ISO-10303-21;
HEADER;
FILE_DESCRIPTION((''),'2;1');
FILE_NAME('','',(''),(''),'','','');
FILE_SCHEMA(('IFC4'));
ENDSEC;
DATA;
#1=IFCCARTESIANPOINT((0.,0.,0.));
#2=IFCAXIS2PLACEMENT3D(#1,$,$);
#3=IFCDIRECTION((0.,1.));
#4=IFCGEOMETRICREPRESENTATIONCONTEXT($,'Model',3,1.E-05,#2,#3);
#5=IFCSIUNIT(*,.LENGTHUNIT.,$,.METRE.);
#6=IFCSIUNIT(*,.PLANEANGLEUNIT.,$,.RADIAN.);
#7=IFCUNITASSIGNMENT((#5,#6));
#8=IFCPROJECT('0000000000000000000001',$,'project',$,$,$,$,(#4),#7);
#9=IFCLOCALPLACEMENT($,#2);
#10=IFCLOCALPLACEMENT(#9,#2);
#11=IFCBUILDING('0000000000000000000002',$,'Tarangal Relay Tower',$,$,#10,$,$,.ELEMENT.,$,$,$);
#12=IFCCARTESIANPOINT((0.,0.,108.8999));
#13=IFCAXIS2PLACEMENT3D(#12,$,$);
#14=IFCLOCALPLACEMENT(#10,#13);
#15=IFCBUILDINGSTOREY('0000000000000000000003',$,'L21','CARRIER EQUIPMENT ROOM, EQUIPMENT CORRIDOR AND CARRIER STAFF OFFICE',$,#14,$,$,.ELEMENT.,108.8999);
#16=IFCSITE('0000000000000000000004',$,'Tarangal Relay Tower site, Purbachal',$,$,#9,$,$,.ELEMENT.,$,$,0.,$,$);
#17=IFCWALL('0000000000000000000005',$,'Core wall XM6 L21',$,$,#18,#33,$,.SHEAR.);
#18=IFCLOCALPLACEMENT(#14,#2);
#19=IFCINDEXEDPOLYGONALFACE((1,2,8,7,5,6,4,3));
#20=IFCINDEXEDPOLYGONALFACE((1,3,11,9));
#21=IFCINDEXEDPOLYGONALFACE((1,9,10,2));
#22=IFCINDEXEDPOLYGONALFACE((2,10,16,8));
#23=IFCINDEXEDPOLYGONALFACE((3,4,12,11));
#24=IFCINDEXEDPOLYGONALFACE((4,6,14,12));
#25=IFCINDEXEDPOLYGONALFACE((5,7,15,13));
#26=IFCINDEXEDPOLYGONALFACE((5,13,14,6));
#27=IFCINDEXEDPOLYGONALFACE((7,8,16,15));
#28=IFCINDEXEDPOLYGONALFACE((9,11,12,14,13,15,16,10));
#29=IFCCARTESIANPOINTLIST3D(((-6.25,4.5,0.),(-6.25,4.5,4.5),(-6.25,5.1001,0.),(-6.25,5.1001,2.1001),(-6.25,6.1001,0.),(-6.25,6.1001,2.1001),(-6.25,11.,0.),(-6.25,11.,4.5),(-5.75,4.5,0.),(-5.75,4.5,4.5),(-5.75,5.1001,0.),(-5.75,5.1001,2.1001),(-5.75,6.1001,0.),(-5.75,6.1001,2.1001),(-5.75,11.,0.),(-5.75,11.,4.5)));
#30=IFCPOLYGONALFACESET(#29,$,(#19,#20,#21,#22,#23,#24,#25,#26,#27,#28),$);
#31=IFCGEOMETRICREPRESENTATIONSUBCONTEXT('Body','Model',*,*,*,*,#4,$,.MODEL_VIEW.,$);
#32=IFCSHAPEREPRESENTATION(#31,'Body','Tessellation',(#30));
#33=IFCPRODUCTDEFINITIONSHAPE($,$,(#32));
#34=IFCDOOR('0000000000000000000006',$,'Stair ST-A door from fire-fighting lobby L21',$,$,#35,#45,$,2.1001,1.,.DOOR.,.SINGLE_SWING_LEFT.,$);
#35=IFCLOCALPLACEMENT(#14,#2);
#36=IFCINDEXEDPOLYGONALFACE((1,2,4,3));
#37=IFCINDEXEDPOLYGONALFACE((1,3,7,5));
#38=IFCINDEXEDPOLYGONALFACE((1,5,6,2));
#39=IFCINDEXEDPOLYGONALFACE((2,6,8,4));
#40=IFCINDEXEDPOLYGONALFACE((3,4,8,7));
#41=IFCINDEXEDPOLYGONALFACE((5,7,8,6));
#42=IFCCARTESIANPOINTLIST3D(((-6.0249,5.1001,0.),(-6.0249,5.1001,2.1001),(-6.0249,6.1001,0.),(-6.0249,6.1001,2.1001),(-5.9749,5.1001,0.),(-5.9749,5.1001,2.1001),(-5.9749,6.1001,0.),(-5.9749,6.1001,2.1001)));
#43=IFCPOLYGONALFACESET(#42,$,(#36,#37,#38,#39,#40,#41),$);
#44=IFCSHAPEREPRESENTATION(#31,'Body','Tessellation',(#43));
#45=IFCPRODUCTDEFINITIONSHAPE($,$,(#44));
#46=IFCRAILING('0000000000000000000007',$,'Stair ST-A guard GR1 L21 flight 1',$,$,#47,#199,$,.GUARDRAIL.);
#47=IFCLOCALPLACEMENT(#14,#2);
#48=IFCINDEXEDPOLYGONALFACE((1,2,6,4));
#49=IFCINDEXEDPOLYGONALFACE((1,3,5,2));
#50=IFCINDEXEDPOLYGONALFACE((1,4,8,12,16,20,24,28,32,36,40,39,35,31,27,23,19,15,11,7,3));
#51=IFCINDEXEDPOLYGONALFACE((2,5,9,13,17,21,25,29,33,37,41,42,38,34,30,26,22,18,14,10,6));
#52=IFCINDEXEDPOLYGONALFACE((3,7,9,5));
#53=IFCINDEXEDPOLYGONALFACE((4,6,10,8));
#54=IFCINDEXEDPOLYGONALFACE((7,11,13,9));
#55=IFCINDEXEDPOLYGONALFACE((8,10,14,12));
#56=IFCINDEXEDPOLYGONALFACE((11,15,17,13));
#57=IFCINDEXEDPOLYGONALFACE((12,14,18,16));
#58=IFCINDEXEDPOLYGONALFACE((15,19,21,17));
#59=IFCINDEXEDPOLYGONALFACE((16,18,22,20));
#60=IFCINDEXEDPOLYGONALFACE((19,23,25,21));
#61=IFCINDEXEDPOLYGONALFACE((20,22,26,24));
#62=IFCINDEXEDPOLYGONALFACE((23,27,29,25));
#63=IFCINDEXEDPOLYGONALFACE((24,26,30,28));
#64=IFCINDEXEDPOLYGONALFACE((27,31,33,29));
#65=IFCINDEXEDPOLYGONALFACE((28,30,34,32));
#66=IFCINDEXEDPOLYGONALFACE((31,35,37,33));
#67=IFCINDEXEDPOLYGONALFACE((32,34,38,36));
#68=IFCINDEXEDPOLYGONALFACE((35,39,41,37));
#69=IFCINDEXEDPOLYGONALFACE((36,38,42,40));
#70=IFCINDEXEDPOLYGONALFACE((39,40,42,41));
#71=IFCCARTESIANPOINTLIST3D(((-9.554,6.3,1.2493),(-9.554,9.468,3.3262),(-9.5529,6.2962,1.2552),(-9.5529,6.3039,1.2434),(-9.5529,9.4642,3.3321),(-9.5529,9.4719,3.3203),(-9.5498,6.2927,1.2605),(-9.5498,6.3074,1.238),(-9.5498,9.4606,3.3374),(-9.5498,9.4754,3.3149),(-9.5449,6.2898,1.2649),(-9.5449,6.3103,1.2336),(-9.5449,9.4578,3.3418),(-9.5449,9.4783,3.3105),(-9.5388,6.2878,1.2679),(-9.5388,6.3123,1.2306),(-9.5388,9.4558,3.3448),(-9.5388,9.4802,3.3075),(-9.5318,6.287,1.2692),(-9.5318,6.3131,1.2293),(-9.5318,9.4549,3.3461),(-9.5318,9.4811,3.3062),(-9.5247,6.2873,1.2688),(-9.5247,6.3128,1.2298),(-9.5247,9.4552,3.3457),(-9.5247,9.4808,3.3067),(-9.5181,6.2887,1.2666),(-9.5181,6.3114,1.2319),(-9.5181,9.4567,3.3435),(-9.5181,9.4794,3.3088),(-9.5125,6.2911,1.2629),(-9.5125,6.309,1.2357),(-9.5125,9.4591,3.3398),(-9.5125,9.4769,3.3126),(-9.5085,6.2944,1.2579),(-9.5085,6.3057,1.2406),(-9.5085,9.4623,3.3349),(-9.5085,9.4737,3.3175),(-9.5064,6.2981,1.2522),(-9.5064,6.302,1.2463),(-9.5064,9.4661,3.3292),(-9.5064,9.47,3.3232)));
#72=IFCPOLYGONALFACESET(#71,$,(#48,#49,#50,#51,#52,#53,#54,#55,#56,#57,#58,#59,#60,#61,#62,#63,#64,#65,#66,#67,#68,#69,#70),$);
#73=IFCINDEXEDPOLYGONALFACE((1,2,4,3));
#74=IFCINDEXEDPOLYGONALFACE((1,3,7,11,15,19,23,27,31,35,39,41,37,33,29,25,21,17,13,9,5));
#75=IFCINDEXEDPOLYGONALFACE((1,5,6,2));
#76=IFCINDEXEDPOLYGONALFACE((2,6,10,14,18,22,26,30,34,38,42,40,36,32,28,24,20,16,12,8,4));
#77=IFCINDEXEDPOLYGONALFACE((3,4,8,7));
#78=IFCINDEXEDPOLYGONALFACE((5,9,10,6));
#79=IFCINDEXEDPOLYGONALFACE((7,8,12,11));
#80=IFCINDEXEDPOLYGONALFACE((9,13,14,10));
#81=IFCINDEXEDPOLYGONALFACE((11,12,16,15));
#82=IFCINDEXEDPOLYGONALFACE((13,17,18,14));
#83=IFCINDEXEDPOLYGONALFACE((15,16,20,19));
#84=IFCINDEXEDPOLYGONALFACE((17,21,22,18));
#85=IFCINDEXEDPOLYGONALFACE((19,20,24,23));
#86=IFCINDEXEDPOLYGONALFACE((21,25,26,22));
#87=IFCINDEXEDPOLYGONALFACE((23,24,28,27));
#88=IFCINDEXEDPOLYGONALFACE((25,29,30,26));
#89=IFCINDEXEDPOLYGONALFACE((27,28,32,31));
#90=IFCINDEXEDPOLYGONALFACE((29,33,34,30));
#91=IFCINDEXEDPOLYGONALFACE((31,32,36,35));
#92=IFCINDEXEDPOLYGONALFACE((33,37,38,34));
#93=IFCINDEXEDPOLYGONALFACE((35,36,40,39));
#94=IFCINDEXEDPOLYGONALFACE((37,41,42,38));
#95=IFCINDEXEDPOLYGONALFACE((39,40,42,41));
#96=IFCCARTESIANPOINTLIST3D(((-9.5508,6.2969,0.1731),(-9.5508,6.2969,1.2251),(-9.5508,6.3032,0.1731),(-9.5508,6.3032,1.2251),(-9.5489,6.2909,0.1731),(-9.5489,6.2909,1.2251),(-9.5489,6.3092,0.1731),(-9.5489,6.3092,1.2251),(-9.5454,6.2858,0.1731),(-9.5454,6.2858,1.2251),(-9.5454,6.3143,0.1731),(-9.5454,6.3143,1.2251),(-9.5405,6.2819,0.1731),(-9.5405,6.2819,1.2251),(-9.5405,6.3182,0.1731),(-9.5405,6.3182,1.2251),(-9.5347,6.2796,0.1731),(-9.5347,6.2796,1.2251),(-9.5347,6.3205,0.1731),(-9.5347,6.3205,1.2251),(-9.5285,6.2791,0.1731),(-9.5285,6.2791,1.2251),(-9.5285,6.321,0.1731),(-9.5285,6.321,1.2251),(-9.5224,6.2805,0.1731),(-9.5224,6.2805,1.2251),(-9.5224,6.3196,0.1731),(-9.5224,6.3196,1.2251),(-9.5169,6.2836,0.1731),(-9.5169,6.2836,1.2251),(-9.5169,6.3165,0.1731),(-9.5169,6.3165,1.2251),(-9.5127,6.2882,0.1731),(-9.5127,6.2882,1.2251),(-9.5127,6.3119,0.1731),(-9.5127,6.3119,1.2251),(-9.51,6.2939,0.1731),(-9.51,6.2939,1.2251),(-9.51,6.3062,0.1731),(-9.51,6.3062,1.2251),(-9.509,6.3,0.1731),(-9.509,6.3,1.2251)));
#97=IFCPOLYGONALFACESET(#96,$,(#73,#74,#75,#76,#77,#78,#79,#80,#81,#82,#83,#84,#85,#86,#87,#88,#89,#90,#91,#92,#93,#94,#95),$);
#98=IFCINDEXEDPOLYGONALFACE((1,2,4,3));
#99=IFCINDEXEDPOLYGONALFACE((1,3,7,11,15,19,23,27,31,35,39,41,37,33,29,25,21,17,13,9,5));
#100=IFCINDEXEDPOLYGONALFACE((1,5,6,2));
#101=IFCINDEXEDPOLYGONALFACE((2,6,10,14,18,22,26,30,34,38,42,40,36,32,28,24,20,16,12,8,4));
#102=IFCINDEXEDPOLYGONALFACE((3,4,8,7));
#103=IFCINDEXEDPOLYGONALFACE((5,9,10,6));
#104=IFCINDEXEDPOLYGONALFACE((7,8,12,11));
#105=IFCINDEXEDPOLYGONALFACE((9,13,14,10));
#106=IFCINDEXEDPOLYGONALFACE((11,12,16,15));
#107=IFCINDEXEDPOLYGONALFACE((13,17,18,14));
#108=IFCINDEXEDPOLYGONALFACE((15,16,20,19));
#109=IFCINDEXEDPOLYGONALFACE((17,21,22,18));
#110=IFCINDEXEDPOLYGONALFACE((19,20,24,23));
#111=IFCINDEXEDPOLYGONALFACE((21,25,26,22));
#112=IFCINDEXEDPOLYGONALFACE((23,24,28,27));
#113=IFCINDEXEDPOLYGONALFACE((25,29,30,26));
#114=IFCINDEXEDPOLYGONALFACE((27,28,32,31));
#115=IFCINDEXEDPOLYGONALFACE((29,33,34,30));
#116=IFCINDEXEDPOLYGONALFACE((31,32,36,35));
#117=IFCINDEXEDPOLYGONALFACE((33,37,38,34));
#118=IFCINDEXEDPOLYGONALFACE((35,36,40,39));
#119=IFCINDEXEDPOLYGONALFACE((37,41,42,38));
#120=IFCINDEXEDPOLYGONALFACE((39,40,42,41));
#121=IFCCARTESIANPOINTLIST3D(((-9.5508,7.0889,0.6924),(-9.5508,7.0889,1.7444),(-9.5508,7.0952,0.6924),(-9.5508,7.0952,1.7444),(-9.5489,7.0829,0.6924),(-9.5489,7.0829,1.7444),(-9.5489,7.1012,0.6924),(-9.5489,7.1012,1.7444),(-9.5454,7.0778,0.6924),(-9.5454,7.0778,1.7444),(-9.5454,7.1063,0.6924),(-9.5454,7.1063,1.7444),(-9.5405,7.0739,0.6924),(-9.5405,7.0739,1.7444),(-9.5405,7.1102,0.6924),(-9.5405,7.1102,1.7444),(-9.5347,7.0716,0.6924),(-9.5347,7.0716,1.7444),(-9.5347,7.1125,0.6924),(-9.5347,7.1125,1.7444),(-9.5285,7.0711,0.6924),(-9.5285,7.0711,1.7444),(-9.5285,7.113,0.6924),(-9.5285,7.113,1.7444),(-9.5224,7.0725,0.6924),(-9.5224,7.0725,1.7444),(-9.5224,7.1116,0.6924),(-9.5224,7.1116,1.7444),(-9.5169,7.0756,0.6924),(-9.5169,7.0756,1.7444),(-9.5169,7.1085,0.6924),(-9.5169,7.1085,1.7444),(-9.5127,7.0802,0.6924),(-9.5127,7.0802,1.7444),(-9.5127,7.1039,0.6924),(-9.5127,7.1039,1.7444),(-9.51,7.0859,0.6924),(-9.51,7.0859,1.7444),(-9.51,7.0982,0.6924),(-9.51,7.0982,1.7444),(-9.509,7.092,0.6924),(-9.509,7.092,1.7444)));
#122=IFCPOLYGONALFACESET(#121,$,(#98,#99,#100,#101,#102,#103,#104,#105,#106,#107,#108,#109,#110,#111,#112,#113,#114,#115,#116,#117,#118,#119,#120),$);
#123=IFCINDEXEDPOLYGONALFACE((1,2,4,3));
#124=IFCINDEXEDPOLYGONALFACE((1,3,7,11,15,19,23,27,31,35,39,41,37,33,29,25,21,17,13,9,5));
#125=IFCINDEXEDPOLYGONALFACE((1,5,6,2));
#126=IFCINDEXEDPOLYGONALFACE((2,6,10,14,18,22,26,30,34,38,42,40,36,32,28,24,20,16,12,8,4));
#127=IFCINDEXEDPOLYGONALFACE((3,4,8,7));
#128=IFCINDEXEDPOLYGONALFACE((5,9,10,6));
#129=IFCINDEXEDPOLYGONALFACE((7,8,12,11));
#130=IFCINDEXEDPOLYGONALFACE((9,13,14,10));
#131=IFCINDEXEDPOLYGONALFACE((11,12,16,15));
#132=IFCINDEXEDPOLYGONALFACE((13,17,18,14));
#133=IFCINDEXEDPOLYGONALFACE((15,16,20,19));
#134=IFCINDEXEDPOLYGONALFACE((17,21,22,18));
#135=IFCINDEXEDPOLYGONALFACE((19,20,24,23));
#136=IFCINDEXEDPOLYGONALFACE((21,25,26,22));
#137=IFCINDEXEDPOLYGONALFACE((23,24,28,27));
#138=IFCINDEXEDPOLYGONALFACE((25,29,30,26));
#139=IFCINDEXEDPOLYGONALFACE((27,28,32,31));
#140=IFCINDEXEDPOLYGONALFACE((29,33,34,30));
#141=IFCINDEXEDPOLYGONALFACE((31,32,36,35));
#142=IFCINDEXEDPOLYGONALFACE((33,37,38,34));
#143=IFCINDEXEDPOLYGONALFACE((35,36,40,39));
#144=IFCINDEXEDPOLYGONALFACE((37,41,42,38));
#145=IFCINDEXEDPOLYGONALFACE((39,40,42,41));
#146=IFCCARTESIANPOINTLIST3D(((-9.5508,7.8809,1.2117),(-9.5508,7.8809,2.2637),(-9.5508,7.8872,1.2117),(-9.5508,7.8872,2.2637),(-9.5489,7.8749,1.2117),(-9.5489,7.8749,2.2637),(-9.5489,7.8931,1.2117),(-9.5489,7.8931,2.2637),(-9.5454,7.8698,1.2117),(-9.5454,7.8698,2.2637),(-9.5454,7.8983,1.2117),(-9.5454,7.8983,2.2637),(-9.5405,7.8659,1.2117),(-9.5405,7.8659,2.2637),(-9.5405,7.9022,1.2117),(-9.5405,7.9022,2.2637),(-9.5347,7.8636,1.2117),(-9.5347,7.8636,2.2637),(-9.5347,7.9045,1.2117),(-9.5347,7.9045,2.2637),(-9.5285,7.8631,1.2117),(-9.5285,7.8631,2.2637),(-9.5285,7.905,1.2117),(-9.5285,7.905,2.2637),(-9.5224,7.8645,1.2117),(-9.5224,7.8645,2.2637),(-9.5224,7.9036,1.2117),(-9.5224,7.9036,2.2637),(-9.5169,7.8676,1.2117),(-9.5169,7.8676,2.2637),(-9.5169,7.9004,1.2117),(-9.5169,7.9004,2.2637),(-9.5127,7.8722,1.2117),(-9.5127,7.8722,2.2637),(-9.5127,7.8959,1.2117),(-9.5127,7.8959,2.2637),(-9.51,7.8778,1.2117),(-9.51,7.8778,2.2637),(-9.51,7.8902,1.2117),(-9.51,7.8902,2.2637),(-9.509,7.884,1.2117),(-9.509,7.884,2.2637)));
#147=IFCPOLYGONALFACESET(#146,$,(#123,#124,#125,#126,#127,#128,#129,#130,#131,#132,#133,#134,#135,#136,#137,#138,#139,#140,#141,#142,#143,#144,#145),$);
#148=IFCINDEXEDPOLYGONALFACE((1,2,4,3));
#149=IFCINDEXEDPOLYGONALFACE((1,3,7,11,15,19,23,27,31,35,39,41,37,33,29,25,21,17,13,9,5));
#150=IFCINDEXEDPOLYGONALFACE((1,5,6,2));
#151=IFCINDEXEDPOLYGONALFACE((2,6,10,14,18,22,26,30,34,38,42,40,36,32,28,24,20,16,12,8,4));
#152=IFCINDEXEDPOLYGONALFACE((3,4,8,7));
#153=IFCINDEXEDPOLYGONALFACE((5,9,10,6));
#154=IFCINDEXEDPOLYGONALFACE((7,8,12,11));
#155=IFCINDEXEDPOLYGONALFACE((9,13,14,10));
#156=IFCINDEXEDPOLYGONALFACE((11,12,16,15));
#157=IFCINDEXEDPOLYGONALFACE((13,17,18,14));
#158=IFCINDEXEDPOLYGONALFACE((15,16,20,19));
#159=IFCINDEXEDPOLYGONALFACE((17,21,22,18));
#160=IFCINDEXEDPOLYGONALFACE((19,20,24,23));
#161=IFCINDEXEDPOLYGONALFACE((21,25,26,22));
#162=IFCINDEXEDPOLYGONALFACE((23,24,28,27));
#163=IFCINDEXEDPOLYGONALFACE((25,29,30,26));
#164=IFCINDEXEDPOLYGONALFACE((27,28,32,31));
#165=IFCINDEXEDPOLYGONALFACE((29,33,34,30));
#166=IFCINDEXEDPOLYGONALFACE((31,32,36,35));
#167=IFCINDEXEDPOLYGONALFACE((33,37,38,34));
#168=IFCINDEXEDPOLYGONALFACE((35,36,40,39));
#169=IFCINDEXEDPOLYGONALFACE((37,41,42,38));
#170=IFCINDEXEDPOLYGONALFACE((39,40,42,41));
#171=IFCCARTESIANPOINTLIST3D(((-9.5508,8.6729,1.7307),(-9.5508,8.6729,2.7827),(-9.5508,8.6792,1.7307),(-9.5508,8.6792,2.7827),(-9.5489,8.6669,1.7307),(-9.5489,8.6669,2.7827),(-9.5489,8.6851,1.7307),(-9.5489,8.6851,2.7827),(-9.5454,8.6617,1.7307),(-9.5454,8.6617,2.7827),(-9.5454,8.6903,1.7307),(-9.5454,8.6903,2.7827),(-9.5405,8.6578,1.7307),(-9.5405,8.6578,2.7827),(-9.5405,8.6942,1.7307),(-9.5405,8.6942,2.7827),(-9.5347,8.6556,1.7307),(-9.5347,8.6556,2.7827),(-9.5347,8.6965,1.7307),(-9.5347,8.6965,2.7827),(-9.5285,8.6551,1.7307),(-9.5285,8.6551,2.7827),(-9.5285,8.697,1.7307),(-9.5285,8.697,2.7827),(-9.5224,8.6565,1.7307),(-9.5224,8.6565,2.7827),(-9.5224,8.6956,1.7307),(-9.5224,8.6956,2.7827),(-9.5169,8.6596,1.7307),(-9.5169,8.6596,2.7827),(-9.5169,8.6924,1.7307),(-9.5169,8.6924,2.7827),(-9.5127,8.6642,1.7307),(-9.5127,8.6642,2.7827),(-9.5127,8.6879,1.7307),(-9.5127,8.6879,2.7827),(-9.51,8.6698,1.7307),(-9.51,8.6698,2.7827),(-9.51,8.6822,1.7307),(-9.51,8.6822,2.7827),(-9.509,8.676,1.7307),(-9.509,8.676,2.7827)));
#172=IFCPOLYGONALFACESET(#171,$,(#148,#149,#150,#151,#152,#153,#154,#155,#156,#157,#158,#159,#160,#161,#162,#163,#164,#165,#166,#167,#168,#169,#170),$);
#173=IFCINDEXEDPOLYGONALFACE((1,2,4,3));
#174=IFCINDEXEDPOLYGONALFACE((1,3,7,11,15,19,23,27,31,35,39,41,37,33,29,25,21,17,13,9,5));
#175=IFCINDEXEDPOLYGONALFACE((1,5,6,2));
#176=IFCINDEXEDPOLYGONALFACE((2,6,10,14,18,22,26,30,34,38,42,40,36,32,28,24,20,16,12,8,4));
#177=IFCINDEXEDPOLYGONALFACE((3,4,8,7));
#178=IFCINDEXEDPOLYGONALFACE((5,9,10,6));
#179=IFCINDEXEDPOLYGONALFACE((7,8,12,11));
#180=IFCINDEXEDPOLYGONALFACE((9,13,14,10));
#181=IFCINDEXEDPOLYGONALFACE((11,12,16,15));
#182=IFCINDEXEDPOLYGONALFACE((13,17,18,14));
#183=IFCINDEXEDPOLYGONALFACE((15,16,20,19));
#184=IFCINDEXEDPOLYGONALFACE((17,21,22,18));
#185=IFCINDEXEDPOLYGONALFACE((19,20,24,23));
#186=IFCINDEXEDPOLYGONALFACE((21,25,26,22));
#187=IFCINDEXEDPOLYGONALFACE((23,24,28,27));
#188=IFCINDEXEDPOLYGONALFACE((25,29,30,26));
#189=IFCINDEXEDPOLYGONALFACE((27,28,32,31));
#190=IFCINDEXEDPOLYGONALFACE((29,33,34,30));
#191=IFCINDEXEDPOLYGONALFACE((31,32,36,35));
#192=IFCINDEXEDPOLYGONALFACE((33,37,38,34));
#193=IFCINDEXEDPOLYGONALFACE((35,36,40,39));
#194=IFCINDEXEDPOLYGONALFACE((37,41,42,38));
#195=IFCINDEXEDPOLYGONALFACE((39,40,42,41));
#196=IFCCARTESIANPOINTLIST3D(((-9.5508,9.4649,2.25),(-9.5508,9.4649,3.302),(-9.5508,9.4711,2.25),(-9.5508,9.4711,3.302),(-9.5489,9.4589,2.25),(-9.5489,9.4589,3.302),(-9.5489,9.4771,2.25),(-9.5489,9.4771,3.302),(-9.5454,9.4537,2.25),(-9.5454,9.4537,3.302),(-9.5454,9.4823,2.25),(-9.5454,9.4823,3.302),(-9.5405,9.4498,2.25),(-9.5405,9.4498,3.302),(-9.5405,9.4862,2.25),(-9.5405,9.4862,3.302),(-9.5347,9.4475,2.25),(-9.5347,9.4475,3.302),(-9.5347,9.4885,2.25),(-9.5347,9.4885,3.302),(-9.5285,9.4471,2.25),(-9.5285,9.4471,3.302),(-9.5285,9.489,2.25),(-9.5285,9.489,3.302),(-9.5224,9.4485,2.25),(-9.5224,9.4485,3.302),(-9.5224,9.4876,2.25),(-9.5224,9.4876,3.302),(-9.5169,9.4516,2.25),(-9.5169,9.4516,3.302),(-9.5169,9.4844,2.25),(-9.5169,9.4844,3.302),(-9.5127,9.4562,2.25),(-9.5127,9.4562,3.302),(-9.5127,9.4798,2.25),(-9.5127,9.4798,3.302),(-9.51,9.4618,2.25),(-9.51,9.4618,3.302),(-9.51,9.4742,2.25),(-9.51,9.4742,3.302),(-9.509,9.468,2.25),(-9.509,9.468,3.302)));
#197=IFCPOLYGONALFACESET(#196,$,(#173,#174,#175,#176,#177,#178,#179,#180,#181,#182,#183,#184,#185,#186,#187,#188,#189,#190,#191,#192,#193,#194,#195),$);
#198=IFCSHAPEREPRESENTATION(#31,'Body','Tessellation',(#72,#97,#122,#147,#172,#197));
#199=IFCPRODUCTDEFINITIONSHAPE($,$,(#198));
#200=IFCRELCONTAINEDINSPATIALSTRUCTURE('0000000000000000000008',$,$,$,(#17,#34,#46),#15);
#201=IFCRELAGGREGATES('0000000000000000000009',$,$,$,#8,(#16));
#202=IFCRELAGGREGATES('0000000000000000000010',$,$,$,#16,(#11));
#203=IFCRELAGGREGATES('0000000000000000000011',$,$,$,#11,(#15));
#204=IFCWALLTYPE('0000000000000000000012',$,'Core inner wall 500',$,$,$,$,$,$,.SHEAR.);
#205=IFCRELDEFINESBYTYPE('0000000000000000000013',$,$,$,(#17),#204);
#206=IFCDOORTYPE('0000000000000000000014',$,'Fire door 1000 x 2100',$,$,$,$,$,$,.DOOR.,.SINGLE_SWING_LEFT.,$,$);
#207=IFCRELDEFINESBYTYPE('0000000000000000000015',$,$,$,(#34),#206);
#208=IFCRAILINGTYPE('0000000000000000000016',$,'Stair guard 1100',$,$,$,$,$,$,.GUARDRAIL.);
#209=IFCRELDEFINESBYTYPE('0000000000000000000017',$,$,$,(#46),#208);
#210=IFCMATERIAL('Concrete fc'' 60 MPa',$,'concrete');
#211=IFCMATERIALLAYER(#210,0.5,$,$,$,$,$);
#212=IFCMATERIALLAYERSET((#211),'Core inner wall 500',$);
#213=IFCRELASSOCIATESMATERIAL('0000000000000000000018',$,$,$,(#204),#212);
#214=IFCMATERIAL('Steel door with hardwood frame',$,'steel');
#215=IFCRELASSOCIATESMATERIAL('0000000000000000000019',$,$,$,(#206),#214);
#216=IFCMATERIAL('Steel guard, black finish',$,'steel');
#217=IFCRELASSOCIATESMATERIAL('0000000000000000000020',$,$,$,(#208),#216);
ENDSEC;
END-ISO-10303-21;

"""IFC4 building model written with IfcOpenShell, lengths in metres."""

from ifc_helpers import new_model, si_unit, direction, frame, frame_2d, origin, origin_2d, place, context, subcontext, project, spatial, rectangle, circle, extrude, material, layer, layer_set, type_object, element, fill, save


model = new_model("IFC4")

# Units and contexts
model_context = context("Model", 3, precision=1e-05, world=origin(), true_north=direction((0.0, 1.0)))
body_context = subcontext(model_context, "Body", "Model", "MODEL_VIEW")
ifc_project = project(units=[si_unit("LENGTHUNIT", "METRE"), si_unit("PLANEANGLEUNIT", "RADIAN")], contexts=[model_context])

# Site, building, storey
site_placement = place(None, origin())
site = spatial("IfcSite", under=ifc_project, at=site_placement, Name="Tarangal Relay Tower site, Purbachal", CompositionType="ELEMENT", RefElevation=0.0)
building_placement = place(site_placement, origin())
building = spatial("IfcBuilding", under=site, at=building_placement, Name="Tarangal Relay Tower", CompositionType="ELEMENT")
storey_placement = place(building_placement, frame((0.0, 0.0, 108.8999)))
storey = spatial("IfcBuildingStorey", under=building, at=storey_placement, Name="L21", Description="CARRIER EQUIPMENT ROOM, EQUIPMENT CORRIDOR AND CARRIER STAFF OFFICE", CompositionType="ELEMENT", Elevation=108.8999)

# Shared definitions
ifc_material_1 = material(Name="Concrete fc' 60 MPa", Category="concrete")
ifc_layer_1 = layer(ifc_material_1, 0.5)
ifc_layer_set_1 = layer_set([ifc_layer_1], Name="Core inner wall 500")
wall_type = type_object("IfcWallType", Name="Core inner wall 500", PredefinedType="SHEAR", material=ifc_layer_set_1)
ifc_material_2 = material(Name="Steel door with hardwood frame", Category="steel")

# Wall, opening, door
wall_1_placement = place(storey_placement, frame((-6.0, 4.5, 0.0), z_axis=(0.0, 0.0, 1.0), x_axis=(0.0, 1.0, 0.0)))
wall_1 = element("IfcWall", 1, at=wall_1_placement, inside=storey, type_object=wall_type, Name="Core wall XM6 L21", PredefinedType="SHEAR", context=body_context, shape_type="SweptSolid", body=[
    extrude(rectangle(XDim=6.5, YDim=0.5, at=frame_2d((3.25, 0.0))), origin(), (0.0, 0.0, 1.0), 4.5),
])
opening_1_placement = place(wall_1_placement, frame((0.6001, 0.0, 0.0)))
opening_1 = element("IfcOpeningElement", 2, at=opening_1_placement, cuts=wall_1, PredefinedType="OPENING", context=body_context, shape_type="SweptSolid", body=[
    extrude(rectangle(XDim=1.0, YDim=2.1001, at=frame_2d((0.5, 1.05))), frame((0.0, 0.26, 0.0), z_axis=(0.0, -1.0, 0.0), x_axis=(1.0, 0.0, 0.0)), (0.0, 0.0, 1.0), 0.52),
])
door_type_1 = type_object("IfcDoorType", Name="Fire door 1000 x 2100", OperationType="SINGLE_SWING_LEFT", PredefinedType="DOOR", material=ifc_material_2)
door_1_placement = place(opening_1_placement, origin())
door_1 = element("IfcDoor", 3, at=door_1_placement, inside=storey, type_object=door_type_1, Name="Stair ST-A door from fire-fighting lobby L21", OperationType="SINGLE_SWING_LEFT", OverallHeight=2.1001, OverallWidth=1.0, PredefinedType="DOOR", context=body_context, shape_type="SweptSolid", body=[
    extrude(rectangle(XDim=1.0, YDim=2.1001, at=frame_2d((0.5, 1.05))), frame((0.0, 0.0249, 0.0), z_axis=(0.0, -1.0, 0.0), x_axis=(1.0, 0.0, 0.0)), (0.0, 0.0, 1.0), 0.05),
])
fill(opening_1, door_1)

# Railing
ifc_material_3 = material(Name="Steel guard, black finish", Category="steel")
railing_type = type_object("IfcRailingType", Name="Stair guard 1100", PredefinedType="GUARDRAIL", material=ifc_material_3)
railing_1_placement = place(storey_placement, frame((-9.53, 6.3, 0.1731)))
element("IfcRailing", 4, at=railing_1_placement, inside=storey, type_object=railing_type, Name="Stair ST-A guard GR1 L21 flight 1", PredefinedType="GUARDRAIL", context=body_context, shape_type="SweptSolid", body=[
    extrude(circle(Radius=0.0239, at=origin_2d()), frame((0.0, 0.0, 1.0762), z_axis=(0.0, 0.836299, 0.548273), x_axis=(-1.0, 0.0, 0.0)), (0.0, 0.0, 1.0), 3.7881),
    extrude(circle(Radius=0.021, at=origin_2d()), origin(), (0.0, 0.0, 1.0), 1.052),
    extrude(circle(Radius=0.021, at=origin_2d()), frame((0.0, 0.792, 0.5193)), (0.0, 0.0, 1.0), 1.052),
    extrude(circle(Radius=0.021, at=origin_2d()), frame((0.0, 1.584, 1.0386)), (0.0, 0.0, 1.0), 1.052),
    extrude(circle(Radius=0.021, at=origin_2d()), frame((0.0, 2.376, 1.5576)), (0.0, 0.0, 1.0), 1.052),
    extrude(circle(Radius=0.021, at=origin_2d()), frame((0.0, 3.168, 2.0769)), (0.0, 0.0, 1.0), 1.052),
])

save(model, "model.ifc")
